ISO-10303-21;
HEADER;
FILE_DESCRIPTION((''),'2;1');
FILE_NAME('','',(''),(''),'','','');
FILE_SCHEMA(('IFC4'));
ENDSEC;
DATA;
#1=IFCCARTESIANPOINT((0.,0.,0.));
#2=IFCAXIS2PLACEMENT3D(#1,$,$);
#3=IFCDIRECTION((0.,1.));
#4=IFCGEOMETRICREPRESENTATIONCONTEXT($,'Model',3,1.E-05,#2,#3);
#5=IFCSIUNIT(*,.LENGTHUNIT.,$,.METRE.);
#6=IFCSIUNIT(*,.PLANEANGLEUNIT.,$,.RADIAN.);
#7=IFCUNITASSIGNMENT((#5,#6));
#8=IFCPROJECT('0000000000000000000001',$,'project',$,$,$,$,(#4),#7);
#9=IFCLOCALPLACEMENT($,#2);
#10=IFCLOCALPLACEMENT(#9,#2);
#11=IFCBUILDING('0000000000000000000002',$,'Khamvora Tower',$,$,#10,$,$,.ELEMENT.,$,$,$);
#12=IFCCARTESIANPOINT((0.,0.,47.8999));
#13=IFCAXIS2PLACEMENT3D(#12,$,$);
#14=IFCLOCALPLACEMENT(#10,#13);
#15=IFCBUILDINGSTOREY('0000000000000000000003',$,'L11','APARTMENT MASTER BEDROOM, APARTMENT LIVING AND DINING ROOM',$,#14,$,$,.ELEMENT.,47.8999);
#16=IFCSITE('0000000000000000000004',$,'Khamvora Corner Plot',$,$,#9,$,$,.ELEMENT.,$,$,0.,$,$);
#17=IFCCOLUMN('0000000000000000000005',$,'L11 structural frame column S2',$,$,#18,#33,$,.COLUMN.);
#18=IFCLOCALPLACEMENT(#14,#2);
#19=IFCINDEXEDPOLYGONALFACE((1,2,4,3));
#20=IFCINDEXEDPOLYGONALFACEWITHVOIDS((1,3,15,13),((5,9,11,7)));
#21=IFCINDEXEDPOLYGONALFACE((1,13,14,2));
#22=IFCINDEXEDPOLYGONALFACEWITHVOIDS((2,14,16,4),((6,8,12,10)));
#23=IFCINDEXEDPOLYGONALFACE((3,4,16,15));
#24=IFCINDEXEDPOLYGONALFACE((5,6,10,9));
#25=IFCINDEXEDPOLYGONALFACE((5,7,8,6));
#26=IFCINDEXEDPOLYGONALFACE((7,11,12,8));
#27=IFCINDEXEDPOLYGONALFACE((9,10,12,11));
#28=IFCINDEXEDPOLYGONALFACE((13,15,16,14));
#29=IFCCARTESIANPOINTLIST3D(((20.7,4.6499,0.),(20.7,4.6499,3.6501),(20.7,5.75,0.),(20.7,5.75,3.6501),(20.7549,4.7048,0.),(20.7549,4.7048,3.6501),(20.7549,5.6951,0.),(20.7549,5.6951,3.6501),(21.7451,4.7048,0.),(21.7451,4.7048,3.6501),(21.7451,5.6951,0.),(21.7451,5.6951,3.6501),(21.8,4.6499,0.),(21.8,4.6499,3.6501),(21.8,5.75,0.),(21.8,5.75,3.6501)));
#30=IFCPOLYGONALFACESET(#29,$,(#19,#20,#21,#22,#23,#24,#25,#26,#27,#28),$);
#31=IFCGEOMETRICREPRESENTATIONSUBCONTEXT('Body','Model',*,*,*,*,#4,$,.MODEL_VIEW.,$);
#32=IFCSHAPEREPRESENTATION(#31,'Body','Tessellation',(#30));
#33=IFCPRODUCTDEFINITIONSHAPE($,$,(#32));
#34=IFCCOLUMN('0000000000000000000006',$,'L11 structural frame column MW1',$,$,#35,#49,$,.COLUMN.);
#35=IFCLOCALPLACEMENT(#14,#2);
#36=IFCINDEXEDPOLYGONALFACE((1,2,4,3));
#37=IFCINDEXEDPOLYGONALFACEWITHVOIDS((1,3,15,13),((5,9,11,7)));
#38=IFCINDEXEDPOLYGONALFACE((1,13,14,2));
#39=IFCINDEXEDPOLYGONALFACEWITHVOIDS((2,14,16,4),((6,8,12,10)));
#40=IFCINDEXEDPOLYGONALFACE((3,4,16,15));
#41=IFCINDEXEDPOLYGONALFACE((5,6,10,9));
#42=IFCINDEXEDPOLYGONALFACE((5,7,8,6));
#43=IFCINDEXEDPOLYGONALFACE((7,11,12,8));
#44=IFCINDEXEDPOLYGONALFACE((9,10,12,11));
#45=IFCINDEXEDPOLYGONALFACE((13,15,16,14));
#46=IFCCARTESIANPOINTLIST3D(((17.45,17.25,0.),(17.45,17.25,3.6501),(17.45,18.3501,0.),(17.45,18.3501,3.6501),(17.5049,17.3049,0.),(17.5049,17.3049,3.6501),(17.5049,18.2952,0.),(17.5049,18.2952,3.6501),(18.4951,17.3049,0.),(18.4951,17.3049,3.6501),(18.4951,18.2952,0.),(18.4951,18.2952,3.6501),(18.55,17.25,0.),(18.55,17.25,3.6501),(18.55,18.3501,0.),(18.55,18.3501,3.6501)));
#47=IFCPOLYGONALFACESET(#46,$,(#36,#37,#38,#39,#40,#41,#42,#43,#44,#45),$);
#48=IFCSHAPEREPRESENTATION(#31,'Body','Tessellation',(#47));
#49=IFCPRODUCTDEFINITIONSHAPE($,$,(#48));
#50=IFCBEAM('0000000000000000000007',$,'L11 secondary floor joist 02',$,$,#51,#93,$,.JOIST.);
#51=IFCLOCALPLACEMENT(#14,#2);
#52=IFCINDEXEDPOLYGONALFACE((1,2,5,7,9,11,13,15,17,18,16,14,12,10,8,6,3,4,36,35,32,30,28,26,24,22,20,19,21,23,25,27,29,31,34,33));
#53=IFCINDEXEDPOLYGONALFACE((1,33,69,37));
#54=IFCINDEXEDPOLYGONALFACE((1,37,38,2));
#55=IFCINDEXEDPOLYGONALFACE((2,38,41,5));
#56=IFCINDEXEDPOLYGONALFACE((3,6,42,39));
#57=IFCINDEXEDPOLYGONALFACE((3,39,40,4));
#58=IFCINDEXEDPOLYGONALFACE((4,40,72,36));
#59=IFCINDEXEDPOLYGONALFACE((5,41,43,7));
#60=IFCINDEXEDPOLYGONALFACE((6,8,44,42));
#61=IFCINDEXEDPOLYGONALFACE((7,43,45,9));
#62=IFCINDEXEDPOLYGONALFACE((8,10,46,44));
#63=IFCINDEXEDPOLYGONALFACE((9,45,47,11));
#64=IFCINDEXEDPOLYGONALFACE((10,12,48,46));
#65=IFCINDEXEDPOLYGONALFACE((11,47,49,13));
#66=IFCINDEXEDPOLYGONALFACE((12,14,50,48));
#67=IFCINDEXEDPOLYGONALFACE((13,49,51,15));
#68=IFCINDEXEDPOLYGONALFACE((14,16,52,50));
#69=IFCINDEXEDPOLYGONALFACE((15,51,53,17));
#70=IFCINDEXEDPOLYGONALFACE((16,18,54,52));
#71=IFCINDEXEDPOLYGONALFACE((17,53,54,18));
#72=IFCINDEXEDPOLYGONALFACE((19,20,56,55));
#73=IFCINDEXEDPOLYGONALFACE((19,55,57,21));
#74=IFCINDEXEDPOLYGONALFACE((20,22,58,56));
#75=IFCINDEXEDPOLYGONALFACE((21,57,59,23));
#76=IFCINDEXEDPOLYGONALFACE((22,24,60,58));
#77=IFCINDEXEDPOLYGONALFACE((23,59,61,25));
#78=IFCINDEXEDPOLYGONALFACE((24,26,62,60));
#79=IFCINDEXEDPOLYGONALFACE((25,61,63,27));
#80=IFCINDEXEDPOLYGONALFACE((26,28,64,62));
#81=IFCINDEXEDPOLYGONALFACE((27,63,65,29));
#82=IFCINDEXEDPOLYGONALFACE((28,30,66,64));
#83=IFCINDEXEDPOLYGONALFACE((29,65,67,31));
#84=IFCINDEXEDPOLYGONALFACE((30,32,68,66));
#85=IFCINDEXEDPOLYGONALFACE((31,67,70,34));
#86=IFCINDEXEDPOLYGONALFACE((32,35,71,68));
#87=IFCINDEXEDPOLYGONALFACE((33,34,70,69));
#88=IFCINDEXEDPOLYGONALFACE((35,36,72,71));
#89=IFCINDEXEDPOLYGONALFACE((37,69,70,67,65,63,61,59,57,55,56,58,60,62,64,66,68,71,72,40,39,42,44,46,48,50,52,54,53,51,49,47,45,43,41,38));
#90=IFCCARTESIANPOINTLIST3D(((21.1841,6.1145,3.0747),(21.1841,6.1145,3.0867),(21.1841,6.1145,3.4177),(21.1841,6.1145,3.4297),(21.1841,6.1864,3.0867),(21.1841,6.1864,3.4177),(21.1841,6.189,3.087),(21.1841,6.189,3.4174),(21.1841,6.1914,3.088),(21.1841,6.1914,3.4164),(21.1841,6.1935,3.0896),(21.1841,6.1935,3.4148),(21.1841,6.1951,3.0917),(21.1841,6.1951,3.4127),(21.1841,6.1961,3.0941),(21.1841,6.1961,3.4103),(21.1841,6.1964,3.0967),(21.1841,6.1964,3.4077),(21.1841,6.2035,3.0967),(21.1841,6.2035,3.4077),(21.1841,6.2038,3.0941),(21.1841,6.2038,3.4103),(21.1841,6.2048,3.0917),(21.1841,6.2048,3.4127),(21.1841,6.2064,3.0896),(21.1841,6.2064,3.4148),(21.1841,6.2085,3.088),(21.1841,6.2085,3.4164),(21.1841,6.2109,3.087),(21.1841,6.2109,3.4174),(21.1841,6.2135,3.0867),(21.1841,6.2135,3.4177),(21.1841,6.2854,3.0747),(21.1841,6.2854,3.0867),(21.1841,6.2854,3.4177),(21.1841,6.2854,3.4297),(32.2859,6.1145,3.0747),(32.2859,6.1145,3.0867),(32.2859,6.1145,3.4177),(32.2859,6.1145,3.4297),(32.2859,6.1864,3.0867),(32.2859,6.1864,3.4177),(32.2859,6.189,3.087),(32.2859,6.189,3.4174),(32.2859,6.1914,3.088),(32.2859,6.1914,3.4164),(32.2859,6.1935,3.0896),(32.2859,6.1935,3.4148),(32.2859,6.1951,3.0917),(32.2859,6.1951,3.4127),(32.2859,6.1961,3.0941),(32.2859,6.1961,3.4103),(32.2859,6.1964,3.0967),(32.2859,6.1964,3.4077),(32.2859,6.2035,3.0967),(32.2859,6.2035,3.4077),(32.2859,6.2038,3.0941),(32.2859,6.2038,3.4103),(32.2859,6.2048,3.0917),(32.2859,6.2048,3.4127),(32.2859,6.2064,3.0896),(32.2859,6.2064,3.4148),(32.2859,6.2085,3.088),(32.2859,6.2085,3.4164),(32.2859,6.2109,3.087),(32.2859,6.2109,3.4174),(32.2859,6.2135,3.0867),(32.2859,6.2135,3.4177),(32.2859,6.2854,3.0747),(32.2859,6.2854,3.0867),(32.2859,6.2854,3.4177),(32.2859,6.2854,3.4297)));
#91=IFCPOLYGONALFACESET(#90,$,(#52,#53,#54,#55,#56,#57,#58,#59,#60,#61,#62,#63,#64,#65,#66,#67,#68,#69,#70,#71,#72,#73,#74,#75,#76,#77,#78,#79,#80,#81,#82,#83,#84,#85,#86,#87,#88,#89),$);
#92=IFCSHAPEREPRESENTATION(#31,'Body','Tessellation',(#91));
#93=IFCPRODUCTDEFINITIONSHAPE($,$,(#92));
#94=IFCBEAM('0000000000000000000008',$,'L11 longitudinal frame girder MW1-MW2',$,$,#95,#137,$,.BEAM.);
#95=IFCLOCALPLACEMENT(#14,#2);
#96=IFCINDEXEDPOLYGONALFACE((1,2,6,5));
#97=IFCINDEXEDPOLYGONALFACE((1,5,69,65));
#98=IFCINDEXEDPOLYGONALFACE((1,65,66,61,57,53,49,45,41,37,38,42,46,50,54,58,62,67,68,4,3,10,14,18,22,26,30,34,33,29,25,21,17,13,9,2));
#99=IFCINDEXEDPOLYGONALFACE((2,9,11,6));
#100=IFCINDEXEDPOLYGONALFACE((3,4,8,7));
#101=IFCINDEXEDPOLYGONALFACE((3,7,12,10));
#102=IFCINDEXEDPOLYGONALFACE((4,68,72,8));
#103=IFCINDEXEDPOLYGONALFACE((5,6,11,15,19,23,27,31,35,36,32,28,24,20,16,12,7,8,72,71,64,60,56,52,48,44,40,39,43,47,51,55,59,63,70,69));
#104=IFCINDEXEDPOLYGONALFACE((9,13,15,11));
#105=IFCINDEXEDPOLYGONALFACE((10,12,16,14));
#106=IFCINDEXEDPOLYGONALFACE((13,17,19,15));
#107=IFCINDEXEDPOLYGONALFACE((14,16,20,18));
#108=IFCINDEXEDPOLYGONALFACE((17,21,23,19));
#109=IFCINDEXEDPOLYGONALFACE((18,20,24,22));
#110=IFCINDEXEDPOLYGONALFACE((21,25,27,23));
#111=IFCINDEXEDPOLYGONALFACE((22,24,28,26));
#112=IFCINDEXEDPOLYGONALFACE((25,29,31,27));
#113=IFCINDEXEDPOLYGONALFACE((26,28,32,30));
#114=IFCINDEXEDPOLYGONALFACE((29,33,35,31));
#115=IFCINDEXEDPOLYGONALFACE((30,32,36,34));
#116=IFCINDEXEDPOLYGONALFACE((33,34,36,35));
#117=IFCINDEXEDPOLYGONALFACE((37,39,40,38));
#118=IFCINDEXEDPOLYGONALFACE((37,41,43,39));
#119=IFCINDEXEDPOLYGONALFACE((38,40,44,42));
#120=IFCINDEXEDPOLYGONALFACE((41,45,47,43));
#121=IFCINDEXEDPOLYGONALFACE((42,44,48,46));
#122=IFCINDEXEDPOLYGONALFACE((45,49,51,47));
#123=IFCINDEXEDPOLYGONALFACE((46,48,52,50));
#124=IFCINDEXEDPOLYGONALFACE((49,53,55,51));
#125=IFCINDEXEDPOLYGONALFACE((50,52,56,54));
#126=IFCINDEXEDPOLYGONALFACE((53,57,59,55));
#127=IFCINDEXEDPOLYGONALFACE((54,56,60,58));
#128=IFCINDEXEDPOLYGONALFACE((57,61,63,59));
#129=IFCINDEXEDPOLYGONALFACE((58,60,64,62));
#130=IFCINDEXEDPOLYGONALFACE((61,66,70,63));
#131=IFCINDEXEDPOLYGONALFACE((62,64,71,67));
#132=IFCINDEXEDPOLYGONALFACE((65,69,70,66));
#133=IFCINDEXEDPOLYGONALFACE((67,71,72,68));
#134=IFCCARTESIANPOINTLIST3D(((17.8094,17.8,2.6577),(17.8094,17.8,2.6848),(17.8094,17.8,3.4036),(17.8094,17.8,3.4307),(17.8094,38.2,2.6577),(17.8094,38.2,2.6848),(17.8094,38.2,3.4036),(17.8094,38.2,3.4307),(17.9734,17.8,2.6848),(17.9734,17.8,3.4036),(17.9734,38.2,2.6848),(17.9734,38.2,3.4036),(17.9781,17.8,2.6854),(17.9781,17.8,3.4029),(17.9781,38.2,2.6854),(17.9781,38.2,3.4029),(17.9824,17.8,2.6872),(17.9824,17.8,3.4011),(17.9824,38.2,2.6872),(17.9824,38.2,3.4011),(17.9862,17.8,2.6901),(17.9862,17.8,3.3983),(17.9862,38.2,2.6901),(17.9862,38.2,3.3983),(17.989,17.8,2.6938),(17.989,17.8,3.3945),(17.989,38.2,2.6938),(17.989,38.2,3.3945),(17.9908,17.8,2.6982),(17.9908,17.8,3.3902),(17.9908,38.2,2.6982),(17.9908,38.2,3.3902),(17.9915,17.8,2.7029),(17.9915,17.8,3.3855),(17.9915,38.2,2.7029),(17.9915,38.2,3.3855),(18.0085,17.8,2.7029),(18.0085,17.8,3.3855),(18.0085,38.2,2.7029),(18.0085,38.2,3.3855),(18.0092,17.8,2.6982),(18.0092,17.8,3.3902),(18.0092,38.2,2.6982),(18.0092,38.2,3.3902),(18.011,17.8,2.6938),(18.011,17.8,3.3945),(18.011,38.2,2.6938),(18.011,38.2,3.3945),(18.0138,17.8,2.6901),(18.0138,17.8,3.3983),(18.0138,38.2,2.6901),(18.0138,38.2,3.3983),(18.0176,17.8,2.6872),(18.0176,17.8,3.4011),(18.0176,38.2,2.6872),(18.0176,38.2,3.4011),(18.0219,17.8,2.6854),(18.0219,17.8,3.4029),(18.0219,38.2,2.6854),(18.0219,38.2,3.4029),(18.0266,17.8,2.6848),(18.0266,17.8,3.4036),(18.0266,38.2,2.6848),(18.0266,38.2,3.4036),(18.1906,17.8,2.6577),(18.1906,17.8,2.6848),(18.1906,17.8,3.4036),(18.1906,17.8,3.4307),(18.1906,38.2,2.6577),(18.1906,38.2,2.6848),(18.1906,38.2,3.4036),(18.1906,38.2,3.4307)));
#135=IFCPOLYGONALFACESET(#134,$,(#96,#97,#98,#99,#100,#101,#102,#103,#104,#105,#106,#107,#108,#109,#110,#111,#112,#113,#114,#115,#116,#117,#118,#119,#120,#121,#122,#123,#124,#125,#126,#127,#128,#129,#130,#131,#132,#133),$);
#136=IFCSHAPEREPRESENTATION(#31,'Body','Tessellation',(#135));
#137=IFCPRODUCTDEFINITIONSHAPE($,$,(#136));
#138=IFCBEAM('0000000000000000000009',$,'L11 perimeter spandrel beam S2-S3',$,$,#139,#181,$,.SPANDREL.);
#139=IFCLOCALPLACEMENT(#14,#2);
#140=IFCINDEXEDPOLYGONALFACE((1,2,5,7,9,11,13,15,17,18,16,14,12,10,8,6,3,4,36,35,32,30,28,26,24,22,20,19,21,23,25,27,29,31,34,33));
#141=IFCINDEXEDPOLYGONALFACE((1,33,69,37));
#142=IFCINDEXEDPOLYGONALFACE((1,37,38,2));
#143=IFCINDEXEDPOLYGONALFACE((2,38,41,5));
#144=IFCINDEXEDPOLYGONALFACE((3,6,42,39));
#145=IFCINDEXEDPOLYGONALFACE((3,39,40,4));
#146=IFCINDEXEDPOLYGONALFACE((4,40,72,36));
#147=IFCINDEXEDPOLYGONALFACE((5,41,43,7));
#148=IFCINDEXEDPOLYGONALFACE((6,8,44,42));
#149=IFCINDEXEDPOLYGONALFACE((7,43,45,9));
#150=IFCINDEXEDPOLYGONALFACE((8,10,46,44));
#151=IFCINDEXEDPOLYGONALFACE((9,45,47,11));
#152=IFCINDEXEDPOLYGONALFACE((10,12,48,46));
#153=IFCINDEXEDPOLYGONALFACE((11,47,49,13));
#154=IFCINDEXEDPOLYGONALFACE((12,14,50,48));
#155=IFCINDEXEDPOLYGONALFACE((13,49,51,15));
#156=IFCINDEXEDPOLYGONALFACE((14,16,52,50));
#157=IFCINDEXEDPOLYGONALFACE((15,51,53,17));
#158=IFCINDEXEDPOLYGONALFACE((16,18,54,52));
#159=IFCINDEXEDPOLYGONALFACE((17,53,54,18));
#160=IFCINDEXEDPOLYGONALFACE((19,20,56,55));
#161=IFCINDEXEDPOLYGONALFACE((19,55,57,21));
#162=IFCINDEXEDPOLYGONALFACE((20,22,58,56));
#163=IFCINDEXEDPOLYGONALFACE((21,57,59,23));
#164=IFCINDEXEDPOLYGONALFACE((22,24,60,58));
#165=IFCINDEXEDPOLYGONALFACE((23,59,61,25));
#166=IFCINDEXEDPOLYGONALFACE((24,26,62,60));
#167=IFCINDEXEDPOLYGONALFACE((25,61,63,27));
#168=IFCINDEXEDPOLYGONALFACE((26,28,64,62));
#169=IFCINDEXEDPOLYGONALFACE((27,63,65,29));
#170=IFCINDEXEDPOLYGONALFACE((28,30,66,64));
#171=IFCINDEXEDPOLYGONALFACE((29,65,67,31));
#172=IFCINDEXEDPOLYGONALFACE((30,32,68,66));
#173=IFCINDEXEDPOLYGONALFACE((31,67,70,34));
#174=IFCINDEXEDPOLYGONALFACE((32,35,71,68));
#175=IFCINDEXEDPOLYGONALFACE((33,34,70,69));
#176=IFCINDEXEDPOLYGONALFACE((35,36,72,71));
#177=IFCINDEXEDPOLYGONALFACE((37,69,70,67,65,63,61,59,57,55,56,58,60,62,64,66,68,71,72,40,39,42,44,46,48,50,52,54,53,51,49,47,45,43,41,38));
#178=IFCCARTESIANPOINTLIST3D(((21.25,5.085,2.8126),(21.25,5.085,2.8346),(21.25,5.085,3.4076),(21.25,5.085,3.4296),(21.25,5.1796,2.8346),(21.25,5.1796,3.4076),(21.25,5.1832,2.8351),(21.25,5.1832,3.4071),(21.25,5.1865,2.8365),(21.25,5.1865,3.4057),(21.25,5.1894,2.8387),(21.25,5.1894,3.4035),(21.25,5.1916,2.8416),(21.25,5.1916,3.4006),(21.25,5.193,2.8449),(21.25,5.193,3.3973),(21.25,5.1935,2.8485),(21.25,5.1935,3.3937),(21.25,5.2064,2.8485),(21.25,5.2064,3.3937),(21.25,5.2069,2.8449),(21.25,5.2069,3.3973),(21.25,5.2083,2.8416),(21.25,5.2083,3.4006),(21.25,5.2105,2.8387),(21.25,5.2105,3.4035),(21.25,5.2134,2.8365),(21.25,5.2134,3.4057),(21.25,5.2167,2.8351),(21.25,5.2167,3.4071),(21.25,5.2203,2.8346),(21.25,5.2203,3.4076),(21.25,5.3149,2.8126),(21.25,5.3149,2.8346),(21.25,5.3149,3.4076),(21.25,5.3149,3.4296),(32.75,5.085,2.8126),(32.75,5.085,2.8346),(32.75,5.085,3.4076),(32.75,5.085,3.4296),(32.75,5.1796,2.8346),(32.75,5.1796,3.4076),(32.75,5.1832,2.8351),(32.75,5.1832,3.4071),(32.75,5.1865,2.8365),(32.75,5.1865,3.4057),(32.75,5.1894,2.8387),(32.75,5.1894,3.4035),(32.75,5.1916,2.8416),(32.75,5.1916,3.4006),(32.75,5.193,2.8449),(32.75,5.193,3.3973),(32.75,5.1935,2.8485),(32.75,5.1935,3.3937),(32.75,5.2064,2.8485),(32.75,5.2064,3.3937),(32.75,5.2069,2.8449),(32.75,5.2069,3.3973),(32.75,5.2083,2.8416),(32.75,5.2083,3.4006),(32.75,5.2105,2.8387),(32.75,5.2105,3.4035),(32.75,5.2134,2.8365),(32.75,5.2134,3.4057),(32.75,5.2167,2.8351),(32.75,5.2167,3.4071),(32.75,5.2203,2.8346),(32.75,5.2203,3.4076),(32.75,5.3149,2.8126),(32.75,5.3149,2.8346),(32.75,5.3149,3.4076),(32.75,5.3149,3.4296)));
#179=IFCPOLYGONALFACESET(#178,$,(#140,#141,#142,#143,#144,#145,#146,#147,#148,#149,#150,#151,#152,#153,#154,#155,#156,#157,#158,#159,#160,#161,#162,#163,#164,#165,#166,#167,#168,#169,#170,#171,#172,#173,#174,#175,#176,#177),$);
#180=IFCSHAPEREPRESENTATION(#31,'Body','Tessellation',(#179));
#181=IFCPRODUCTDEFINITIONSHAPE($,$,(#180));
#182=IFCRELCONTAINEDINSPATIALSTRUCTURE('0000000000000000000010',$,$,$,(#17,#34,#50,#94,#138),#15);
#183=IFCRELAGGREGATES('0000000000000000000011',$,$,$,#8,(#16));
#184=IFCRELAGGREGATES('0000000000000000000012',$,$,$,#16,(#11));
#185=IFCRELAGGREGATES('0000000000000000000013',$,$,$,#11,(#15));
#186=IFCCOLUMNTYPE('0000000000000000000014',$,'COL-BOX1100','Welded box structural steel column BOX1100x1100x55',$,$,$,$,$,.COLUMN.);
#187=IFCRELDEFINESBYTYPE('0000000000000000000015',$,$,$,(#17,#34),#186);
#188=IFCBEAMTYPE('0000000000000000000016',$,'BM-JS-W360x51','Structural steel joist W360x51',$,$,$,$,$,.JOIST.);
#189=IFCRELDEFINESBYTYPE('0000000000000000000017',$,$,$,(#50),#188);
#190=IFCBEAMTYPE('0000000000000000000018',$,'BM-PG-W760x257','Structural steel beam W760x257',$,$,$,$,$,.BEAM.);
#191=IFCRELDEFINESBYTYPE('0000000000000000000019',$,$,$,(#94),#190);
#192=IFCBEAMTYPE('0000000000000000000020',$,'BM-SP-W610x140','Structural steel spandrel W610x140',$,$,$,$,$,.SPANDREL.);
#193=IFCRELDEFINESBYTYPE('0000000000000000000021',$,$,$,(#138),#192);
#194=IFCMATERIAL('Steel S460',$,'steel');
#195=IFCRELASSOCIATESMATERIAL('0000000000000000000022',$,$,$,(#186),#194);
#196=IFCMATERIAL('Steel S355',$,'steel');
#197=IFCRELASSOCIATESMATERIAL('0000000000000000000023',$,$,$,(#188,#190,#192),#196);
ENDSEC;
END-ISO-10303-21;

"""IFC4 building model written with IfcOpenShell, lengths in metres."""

from ifc_helpers import new_model, si_unit, direction, frame, origin, origin_2d, place, context, subcontext, project, spatial, hollow_rectangle, i_section, extrude, material, material_profile, profile_set, type_object, element, save


model = new_model("IFC4")

# Units and contexts
model_context = context("Model", 3, precision=1e-05, world=origin(), true_north=direction((0.0, 1.0)))
body_context = subcontext(model_context, "Body", "Model", "MODEL_VIEW")
ifc_project = project(units=[si_unit("LENGTHUNIT", "METRE"), si_unit("PLANEANGLEUNIT", "RADIAN")], contexts=[model_context])

# Site, building, storey
site_placement = place(None, origin())
site = spatial("IfcSite", under=ifc_project, at=site_placement, Name="Khamvora Corner Plot", CompositionType="ELEMENT", RefElevation=0.0)
building_placement = place(site_placement, origin())
building = spatial("IfcBuilding", under=site, at=building_placement, Name="Khamvora Tower", CompositionType="ELEMENT")
storey_placement = place(building_placement, frame((0.0, 0.0, 47.8999)))
storey = spatial("IfcBuildingStorey", under=building, at=storey_placement, Name="L11", Description="APARTMENT MASTER BEDROOM, APARTMENT LIVING AND DINING ROOM", CompositionType="ELEMENT", Elevation=47.8999)

# Columns
ifc_material_1 = material(Name="Steel S460", Category="steel")
ifc_material_profile_1 = material_profile(ifc_material_1, hollow_rectangle(XDim=1.1001, YDim=1.1001, WallThickness=0.0549, at=origin_2d()), Name="BOX1100x1100x55")
ifc_profile_set_1 = profile_set([ifc_material_profile_1], Name="Steel S460")
column_type = type_object("IfcColumnType", Name="COL-BOX1100", Description="Welded box structural steel column BOX1100x1100x55", PredefinedType="COLUMN", material=ifc_profile_set_1)
for number, where, z_axis, x_axis, name in (
    (1, (21.25, 5.2, 0.0), (0.0, 0.0, 1.0), (1.0, 0.0, 0.0), "L11 structural frame column S2"),
    (2, (18.0, 17.8, 0.0), (0.0, 0.0, 1.0), (1.0, 0.0, 0.0), "L11 structural frame column MW1"),
):
    element("IfcColumn", number, at=place(storey_placement, frame(where, z_axis=z_axis, x_axis=x_axis)), inside=storey, type_object=column_type, Name=name, PredefinedType="COLUMN", context=body_context, shape_type="SweptSolid", body=[
        extrude(hollow_rectangle(XDim=1.1001, YDim=1.1001, WallThickness=0.0549, at=origin_2d()), origin(), (0.0, 0.0, 1.0), 3.6501),
    ])

# Beams
ifc_material_2 = material(Name="Steel S355", Category="steel")
ifc_material_profile_2 = material_profile(ifc_material_2, i_section(OverallWidth=0.1709, OverallDepth=0.355, WebThickness=0.0071, FlangeThickness=0.012, FilletRadius=0.01, at=origin_2d()), Name="W360x51")
ifc_profile_set_2 = profile_set([ifc_material_profile_2], Name="Steel S355")
beam_type_1 = type_object("IfcBeamType", Name="BM-JS-W360x51", Description="Structural steel joist W360x51", PredefinedType="JOIST", material=ifc_profile_set_2)
beam_1_placement = place(storey_placement, frame((21.1841, 6.2, 3.2522), z_axis=(1.0, 0.0, 0.0), x_axis=(0.0, 1.0, 0.0)))
element("IfcBeam", 3, at=beam_1_placement, inside=storey, type_object=beam_type_1, Name="L11 secondary floor joist 02", PredefinedType="JOIST", context=body_context, shape_type="SweptSolid", body=[
    extrude(i_section(OverallWidth=0.1709, OverallDepth=0.355, WebThickness=0.0071, FlangeThickness=0.012, FilletRadius=0.01, at=origin_2d()), origin(), (0.0, 0.0, 1.0), 11.1018),
])
ifc_material_profile_3 = material_profile(ifc_material_2, i_section(OverallWidth=0.3811, OverallDepth=0.7729, WebThickness=0.0171, FlangeThickness=0.0271, FilletRadius=0.0181, at=origin_2d()), Name="W760x257")
ifc_profile_set_3 = profile_set([ifc_material_profile_3], Name="Steel S355")
beam_type_2 = type_object("IfcBeamType", Name="BM-PG-W760x257", Description="Structural steel beam W760x257", PredefinedType="BEAM", material=ifc_profile_set_3)
beam_2_placement = place(storey_placement, frame((18.0, 17.8, 3.0442), z_axis=(0.0, 1.0, 0.0), x_axis=(-1.0, 0.0, 0.0)))
element("IfcBeam", 4, at=beam_2_placement, inside=storey, type_object=beam_type_2, Name="L11 longitudinal frame girder MW1-MW2", PredefinedType="BEAM", context=body_context, shape_type="SweptSolid", body=[
    extrude(i_section(OverallWidth=0.3811, OverallDepth=0.7729, WebThickness=0.0171, FlangeThickness=0.0271, FilletRadius=0.0181, at=origin_2d()), origin(), (0.0, 0.0, 1.0), 20.3999),
])
ifc_material_profile_4 = material_profile(ifc_material_2, i_section(OverallWidth=0.23, OverallDepth=0.6169, WebThickness=0.0129, FlangeThickness=0.022, FilletRadius=0.0139, at=origin_2d()), Name="W610x140")
ifc_profile_set_4 = profile_set([ifc_material_profile_4], Name="Steel S355")
beam_type_3 = type_object("IfcBeamType", Name="BM-SP-W610x140", Description="Structural steel spandrel W610x140", PredefinedType="SPANDREL", material=ifc_profile_set_4)
beam_3_placement = place(storey_placement, frame((21.25, 5.2, 3.1211), z_axis=(1.0, 0.0, 0.0), x_axis=(0.0, 1.0, 0.0)))
element("IfcBeam", 5, at=beam_3_placement, inside=storey, type_object=beam_type_3, Name="L11 perimeter spandrel beam S2-S3", PredefinedType="SPANDREL", context=body_context, shape_type="SweptSolid", body=[
    extrude(i_section(OverallWidth=0.23, OverallDepth=0.6169, WebThickness=0.0129, FlangeThickness=0.022, FilletRadius=0.0139, at=origin_2d()), origin(), (0.0, 0.0, 1.0), 11.5),
])

save(model, "model.ifc")
